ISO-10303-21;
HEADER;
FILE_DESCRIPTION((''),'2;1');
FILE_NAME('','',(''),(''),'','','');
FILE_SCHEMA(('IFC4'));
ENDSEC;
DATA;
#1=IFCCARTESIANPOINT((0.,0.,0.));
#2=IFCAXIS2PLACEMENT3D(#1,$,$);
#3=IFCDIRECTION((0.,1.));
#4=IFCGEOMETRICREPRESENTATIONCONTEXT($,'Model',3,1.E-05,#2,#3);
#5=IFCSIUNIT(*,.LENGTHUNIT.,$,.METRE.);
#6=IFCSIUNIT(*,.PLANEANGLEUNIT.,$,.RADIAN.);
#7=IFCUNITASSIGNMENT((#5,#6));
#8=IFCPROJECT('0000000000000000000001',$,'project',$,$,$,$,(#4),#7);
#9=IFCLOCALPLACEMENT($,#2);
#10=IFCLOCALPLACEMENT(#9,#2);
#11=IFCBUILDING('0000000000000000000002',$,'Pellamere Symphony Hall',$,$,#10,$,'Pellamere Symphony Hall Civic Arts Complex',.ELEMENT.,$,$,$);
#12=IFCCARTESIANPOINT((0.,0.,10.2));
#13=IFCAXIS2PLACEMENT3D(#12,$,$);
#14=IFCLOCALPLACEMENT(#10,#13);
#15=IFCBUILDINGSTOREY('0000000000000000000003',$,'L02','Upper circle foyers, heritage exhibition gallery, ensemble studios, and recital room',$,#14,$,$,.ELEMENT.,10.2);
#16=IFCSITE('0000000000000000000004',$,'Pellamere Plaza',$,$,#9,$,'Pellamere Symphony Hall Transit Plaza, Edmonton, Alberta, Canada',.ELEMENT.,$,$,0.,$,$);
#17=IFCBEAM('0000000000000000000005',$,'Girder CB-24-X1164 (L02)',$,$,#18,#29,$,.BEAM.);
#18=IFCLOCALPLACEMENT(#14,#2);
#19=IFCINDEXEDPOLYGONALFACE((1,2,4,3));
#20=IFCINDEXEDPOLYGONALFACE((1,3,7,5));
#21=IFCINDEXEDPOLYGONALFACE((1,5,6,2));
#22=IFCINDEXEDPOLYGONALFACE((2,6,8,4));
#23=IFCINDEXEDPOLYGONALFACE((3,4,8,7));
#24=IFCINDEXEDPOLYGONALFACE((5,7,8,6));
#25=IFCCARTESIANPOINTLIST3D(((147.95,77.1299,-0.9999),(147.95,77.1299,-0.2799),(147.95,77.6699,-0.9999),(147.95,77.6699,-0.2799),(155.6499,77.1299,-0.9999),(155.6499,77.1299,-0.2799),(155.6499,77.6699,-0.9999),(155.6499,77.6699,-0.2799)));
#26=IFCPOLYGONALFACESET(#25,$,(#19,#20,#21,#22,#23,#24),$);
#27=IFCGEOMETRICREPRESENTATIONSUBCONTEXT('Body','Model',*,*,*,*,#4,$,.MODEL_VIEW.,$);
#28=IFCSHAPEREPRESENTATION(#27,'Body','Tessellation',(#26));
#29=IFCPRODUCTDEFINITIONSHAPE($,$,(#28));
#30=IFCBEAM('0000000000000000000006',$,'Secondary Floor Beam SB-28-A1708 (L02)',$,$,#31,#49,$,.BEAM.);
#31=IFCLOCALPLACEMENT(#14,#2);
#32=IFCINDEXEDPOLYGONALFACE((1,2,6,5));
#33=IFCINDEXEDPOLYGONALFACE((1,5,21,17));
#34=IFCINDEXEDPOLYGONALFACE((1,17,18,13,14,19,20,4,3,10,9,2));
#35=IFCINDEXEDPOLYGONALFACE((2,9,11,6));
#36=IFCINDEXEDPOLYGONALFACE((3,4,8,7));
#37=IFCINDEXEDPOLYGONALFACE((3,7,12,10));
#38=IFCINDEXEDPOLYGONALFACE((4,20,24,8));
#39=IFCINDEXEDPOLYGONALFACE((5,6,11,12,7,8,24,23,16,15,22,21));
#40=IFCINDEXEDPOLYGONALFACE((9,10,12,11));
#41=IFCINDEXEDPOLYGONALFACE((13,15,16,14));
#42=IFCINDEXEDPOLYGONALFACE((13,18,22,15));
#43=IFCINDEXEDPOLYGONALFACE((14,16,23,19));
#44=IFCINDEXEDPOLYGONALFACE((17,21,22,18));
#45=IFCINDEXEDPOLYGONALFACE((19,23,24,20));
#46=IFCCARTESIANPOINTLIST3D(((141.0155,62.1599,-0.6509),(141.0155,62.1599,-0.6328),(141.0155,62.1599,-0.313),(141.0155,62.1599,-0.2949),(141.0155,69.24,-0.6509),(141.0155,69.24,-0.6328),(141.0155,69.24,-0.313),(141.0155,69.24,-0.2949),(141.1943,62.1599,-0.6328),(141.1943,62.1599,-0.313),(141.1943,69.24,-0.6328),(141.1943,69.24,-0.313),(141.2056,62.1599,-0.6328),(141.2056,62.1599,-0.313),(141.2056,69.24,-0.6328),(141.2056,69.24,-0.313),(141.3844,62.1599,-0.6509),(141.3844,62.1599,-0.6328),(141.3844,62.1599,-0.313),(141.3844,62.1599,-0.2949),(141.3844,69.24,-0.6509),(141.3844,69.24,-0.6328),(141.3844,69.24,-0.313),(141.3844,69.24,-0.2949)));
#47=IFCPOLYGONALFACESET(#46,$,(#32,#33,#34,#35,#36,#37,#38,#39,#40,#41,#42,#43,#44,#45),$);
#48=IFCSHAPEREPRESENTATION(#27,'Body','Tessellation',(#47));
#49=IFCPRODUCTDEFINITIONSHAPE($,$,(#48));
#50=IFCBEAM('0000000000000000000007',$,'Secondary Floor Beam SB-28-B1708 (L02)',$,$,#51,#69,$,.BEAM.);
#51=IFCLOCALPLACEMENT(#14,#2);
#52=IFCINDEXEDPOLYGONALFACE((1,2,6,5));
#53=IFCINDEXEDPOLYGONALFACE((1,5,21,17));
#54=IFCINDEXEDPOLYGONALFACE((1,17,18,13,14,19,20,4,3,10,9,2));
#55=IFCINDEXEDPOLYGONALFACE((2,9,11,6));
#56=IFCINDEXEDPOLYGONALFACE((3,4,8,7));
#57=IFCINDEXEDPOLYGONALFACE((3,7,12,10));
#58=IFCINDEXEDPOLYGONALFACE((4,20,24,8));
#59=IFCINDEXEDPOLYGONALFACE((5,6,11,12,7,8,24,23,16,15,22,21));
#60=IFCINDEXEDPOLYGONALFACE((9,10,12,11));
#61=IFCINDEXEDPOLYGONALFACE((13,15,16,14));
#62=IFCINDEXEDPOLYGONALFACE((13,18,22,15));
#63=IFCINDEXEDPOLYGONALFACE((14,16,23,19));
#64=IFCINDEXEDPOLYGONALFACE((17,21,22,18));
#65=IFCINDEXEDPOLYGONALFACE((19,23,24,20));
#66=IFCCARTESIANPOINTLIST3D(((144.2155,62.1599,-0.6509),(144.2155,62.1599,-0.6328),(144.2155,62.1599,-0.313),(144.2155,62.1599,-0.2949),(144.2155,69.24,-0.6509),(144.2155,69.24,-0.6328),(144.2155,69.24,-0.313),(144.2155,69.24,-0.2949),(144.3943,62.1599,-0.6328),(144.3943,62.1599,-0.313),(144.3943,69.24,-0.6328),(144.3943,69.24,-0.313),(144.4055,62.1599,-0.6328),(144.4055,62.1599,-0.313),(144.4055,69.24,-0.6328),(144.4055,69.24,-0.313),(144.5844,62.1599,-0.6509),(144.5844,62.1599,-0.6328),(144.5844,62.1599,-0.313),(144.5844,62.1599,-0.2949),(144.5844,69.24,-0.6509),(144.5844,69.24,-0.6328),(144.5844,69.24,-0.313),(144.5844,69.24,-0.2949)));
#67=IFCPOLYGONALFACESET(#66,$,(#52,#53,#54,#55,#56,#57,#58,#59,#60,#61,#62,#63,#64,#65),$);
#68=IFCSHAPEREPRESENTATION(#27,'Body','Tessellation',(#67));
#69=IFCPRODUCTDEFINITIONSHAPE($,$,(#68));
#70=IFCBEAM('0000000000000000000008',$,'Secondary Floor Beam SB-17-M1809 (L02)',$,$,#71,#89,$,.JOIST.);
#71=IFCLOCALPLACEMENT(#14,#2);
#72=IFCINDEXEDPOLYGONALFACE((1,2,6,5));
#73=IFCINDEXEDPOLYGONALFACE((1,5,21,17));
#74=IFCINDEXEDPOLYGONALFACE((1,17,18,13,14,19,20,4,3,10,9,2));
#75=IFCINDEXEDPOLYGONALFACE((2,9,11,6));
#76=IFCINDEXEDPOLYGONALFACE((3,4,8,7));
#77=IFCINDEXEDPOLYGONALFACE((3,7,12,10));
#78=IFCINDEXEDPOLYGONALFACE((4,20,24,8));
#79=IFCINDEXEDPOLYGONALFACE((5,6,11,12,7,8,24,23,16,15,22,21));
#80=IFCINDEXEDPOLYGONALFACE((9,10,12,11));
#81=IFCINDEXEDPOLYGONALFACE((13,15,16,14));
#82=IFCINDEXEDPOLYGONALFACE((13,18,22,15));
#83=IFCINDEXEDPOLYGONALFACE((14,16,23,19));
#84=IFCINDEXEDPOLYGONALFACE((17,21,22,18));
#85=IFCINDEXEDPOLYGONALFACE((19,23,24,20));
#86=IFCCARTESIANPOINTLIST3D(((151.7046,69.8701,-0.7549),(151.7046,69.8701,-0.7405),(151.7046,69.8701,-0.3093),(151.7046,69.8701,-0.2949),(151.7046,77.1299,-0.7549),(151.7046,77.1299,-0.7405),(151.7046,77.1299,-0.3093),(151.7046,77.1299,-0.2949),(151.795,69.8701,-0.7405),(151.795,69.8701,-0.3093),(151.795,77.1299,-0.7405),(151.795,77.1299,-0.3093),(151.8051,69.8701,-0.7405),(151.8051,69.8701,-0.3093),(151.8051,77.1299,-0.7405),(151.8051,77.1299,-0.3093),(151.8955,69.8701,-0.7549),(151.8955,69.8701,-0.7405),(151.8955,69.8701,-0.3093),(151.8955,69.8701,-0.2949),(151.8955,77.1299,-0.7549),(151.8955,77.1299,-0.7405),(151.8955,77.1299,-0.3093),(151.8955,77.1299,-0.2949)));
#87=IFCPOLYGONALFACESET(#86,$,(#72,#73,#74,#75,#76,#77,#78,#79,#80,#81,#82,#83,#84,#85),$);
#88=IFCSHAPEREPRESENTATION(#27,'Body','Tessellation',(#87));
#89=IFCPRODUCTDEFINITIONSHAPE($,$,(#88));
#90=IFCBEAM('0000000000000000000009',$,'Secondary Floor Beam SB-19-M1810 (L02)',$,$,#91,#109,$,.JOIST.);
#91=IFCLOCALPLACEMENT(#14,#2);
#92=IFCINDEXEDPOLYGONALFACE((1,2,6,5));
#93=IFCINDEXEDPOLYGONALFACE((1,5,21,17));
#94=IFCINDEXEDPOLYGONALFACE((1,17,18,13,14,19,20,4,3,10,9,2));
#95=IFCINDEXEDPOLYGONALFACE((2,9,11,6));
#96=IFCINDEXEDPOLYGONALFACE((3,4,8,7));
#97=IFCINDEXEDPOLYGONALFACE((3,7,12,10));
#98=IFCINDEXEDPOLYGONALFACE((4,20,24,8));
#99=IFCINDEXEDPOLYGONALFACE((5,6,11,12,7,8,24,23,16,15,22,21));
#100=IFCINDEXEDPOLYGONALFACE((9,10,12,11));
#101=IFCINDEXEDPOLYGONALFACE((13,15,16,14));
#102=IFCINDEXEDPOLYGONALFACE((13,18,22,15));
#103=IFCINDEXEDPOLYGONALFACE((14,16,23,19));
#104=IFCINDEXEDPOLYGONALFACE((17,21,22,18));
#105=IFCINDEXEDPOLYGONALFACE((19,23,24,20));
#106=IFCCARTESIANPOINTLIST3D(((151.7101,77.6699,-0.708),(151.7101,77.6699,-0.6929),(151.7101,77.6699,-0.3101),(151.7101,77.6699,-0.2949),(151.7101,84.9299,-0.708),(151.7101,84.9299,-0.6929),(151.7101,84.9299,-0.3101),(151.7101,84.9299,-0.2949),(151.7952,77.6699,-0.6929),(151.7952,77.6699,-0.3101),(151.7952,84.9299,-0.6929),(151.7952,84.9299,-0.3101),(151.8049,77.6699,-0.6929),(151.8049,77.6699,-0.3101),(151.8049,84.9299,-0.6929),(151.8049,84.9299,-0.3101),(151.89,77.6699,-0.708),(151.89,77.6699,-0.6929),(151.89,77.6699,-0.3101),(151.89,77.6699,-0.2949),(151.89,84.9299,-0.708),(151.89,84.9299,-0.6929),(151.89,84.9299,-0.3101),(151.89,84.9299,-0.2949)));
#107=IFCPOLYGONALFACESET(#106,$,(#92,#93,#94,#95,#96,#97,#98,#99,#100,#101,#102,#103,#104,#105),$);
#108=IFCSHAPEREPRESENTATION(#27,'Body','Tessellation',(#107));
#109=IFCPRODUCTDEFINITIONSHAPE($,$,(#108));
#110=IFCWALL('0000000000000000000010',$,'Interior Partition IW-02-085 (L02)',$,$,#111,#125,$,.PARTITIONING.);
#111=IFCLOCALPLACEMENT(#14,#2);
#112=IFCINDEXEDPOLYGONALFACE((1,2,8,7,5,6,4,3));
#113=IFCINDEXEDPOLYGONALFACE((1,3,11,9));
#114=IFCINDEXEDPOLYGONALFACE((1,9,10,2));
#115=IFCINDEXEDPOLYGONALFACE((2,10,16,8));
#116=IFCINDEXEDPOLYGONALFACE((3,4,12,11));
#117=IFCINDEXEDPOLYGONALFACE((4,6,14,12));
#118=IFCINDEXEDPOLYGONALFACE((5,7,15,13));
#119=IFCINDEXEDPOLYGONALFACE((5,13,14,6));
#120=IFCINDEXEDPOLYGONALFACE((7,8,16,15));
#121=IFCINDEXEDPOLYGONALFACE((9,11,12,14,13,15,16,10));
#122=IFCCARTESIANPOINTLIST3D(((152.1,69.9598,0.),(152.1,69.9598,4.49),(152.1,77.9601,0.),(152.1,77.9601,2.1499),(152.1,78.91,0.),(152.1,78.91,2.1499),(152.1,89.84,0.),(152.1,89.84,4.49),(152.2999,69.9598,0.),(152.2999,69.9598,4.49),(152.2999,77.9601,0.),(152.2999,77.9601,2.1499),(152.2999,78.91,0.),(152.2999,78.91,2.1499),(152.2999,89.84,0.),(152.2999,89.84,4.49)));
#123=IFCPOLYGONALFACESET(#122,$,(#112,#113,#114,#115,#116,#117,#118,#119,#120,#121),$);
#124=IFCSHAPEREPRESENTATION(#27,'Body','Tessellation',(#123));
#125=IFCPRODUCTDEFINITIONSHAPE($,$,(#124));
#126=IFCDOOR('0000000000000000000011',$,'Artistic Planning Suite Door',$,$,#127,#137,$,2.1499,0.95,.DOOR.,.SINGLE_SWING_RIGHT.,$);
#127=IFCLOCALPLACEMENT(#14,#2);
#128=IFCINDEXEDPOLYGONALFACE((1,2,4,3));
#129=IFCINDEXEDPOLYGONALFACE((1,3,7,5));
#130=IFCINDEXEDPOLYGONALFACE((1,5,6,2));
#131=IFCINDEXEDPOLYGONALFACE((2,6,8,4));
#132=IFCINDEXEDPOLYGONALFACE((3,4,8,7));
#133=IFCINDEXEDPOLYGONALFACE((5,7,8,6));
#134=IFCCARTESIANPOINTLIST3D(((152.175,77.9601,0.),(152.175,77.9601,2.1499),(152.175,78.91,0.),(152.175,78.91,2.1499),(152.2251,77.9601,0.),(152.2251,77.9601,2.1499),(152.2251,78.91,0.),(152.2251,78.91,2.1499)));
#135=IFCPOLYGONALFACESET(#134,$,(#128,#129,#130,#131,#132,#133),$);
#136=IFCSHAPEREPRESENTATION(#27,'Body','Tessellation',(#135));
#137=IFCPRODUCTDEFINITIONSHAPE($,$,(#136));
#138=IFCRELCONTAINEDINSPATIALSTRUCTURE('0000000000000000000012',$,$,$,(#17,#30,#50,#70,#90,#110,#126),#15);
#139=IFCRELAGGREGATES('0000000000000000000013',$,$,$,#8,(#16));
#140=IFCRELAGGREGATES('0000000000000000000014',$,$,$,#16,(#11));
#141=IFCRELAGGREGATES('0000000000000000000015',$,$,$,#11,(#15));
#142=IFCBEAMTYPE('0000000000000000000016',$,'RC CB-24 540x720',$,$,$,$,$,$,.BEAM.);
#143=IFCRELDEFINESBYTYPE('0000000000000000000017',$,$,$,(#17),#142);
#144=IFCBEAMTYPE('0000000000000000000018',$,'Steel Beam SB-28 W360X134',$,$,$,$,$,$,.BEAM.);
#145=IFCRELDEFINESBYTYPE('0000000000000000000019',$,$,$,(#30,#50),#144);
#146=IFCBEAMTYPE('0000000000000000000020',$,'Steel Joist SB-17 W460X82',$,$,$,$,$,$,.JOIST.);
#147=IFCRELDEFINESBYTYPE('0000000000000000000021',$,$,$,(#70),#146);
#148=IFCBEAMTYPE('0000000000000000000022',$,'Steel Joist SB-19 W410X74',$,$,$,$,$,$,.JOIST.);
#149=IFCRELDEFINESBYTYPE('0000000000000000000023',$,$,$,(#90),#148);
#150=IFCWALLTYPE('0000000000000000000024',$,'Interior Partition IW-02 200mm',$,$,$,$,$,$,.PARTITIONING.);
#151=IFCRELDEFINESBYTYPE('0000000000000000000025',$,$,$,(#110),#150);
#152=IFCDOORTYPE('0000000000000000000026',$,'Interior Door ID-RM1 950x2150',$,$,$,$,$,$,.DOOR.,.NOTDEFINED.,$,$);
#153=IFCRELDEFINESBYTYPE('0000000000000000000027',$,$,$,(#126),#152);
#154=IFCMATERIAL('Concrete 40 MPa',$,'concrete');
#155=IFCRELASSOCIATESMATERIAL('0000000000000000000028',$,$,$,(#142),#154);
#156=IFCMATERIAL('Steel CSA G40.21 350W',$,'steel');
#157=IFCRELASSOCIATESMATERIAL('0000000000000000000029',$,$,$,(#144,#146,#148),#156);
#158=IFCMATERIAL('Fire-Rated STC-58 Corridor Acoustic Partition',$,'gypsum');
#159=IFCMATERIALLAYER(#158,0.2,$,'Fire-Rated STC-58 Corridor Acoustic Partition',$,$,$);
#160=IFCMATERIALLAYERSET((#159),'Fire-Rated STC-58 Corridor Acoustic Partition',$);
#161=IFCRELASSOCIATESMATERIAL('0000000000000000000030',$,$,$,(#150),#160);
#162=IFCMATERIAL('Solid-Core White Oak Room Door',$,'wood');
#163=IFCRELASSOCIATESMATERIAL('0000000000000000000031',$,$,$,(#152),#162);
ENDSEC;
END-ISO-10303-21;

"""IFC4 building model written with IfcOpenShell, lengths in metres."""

from ifc_helpers import new_model, si_unit, direction, frame, frame_2d, origin, origin_2d, place, context, subcontext, project, spatial, rectangle, i_section, extrude, material, layer, layer_set, material_profile, profile_set, type_object, element, fill, save


model = new_model("IFC4")

# Units and contexts
model_context = context("Model", 3, precision=1e-05, world=origin(), true_north=direction((0.0, 1.0)))
body_context = subcontext(model_context, "Body", "Model", "MODEL_VIEW")
ifc_project = project(units=[si_unit("LENGTHUNIT", "METRE"), si_unit("PLANEANGLEUNIT", "RADIAN")], contexts=[model_context])

# Site, building, storey
site_placement = place(None, origin())
site = spatial("IfcSite", under=ifc_project, at=site_placement, Name="Pellamere Plaza", LongName="Pellamere Symphony Hall Transit Plaza, Edmonton, Alberta, Canada", CompositionType="ELEMENT", RefElevation=0.0)
building_placement = place(site_placement, origin())
building = spatial("IfcBuilding", under=site, at=building_placement, Name="Pellamere Symphony Hall", LongName="Pellamere Symphony Hall Civic Arts Complex", CompositionType="ELEMENT")
storey_placement = place(building_placement, frame((0.0, 0.0, 10.2)))
storey = spatial("IfcBuildingStorey", under=building, at=storey_placement, Name="L02", Description="Upper circle foyers, heritage exhibition gallery, ensemble studios, and recital room", CompositionType="ELEMENT", Elevation=10.2)

# Shared definitions
ifc_material_1 = material(Name="Concrete 40 MPa", Category="concrete")

# Beams
ifc_material_profile_1 = material_profile(ifc_material_1, rectangle(XDim=0.54, YDim=0.72, at=origin_2d()), Name="RC 540x720")
ifc_profile_set_1 = profile_set([ifc_material_profile_1], Name="Concrete 40 MPa")
beam_type_1 = type_object("IfcBeamType", Name="RC CB-24 540x720", PredefinedType="BEAM", material=ifc_profile_set_1)
for number, where, z_axis, x_axis, name in (
    (1, (147.95, 77.3999, -0.6399), (1.0, 0.0, 0.0), (0.0, 1.0, 0.0), "Girder CB-24-X1164 (L02)"),
):
    element("IfcBeam", number, at=place(storey_placement, frame(where, z_axis=z_axis, x_axis=x_axis)), inside=storey, type_object=beam_type_1, Name=name, PredefinedType="BEAM", context=body_context, shape_type="SweptSolid", body=[
        extrude(rectangle(XDim=0.54, YDim=0.72, at=origin_2d()), origin(), (0.0, 0.0, 1.0), 7.7),
    ])
ifc_material_2 = material(Name="Steel CSA G40.21 350W", Category="steel")
ifc_material_profile_2 = material_profile(ifc_material_2, i_section(OverallWidth=0.3689, OverallDepth=0.356, WebThickness=0.0112, FlangeThickness=0.0181, at=origin_2d()), Name="W360X134")
ifc_profile_set_2 = profile_set([ifc_material_profile_2], Name="Steel CSA G40.21 350W")
beam_type_2 = type_object("IfcBeamType", Name="Steel Beam SB-28 W360X134", PredefinedType="BEAM", material=ifc_profile_set_2)
for number, where, z_axis, x_axis, name in (
    (2, (141.2, 62.1599, -0.4729), (0.0, 1.0, 0.0), (-1.0, 0.0, 0.0), "Secondary Floor Beam SB-28-A1708 (L02)"),
    (3, (144.3999, 62.1599, -0.4729), (0.0, 1.0, 0.0), (-1.0, 0.0, 0.0), "Secondary Floor Beam SB-28-B1708 (L02)"),
):
    element("IfcBeam", number, at=place(storey_placement, frame(where, z_axis=z_axis, x_axis=x_axis)), inside=storey, type_object=beam_type_2, Name=name, PredefinedType="BEAM", context=body_context, shape_type="SweptSolid", body=[
        extrude(i_section(OverallWidth=0.3689, OverallDepth=0.356, WebThickness=0.0112, FlangeThickness=0.0181, at=origin_2d()), origin(), (0.0, 0.0, 1.0), 7.0801),
    ])
ifc_material_profile_3 = material_profile(ifc_material_2, i_section(OverallWidth=0.1909, OverallDepth=0.46, WebThickness=0.01, FlangeThickness=0.0144, at=origin_2d()), Name="W460X82")
ifc_profile_set_3 = profile_set([ifc_material_profile_3], Name="Steel CSA G40.21 350W")
beam_type_3 = type_object("IfcBeamType", Name="Steel Joist SB-17 W460X82", PredefinedType="JOIST", material=ifc_profile_set_3)
beam_1_placement = place(storey_placement, frame((151.8, 69.8701, -0.5249), z_axis=(0.0, 1.0, 0.0), x_axis=(-1.0, 0.0, 0.0)))
element("IfcBeam", 4, at=beam_1_placement, inside=storey, type_object=beam_type_3, Name="Secondary Floor Beam SB-17-M1809 (L02)", PredefinedType="JOIST", context=body_context, shape_type="SweptSolid", body=[
    extrude(i_section(OverallWidth=0.1909, OverallDepth=0.46, WebThickness=0.01, FlangeThickness=0.0144, at=origin_2d()), origin(), (0.0, 0.0, 1.0), 7.2598),
])
ifc_material_profile_4 = material_profile(ifc_material_2, i_section(OverallWidth=0.1799, OverallDepth=0.4131, WebThickness=0.0098, FlangeThickness=0.0151, at=origin_2d()), Name="W410X74")
ifc_profile_set_4 = profile_set([ifc_material_profile_4], Name="Steel CSA G40.21 350W")
beam_type_4 = type_object("IfcBeamType", Name="Steel Joist SB-19 W410X74", PredefinedType="JOIST", material=ifc_profile_set_4)
beam_2_placement = place(storey_placement, frame((151.8, 77.6699, -0.5015), z_axis=(0.0, 1.0, 0.0), x_axis=(-1.0, 0.0, 0.0)))
element("IfcBeam", 5, at=beam_2_placement, inside=storey, type_object=beam_type_4, Name="Secondary Floor Beam SB-19-M1810 (L02)", PredefinedType="JOIST", context=body_context, shape_type="SweptSolid", body=[
    extrude(i_section(OverallWidth=0.1799, OverallDepth=0.4131, WebThickness=0.0098, FlangeThickness=0.0151, at=origin_2d()), origin(), (0.0, 0.0, 1.0), 7.26),
])

# Wall, opening, door
ifc_material_3 = material(Name="Fire-Rated STC-58 Corridor Acoustic Partition", Category="gypsum")
ifc_layer = layer(ifc_material_3, 0.2, Name="Fire-Rated STC-58 Corridor Acoustic Partition")
ifc_layer_set = layer_set([ifc_layer], Name="Fire-Rated STC-58 Corridor Acoustic Partition")
wall_type = type_object("IfcWallType", Name="Interior Partition IW-02 200mm", PredefinedType="PARTITIONING", material=ifc_layer_set)
wall_placement = place(storey_placement, frame((152.2, 69.96, 0.0), z_axis=(0.0, 0.0, 1.0), x_axis=(0.0, 1.0, 0.0)))
wall = element("IfcWall", 6, at=wall_placement, inside=storey, type_object=wall_type, Name="Interior Partition IW-02-085 (L02)", PredefinedType="PARTITIONING", context=body_context, shape_type="SweptSolid", body=[
    extrude(rectangle(XDim=19.8801, YDim=0.2, at=frame_2d((9.9399, 0.0))), origin(), (0.0, 0.0, 1.0), 4.49),
])
opening_placement = place(wall_placement, frame((8.0, 0.0, 0.0)))
opening = element("IfcOpeningElement", 7, at=opening_placement, cuts=wall, PredefinedType="OPENING", context=body_context, shape_type="SweptSolid", body=[
    extrude(rectangle(XDim=0.95, YDim=2.1499, at=frame_2d((0.4751, 1.075))), frame((0.0, 0.1099, 0.0), z_axis=(0.0, -1.0, 0.0), x_axis=(1.0, 0.0, 0.0)), (0.0, 0.0, 1.0), 0.22),
])
ifc_material_4 = material(Name="Solid-Core White Oak Room Door", Category="wood")
door_type = type_object("IfcDoorType", Name="Interior Door ID-RM1 950x2150", OperationType="NOTDEFINED", PredefinedType="DOOR", material=ifc_material_4)
door_placement = place(opening_placement, origin())
door = element("IfcDoor", 8, at=door_placement, inside=storey, type_object=door_type, Name="Artistic Planning Suite Door", OperationType="SINGLE_SWING_RIGHT", OverallHeight=2.1499, OverallWidth=0.95, PredefinedType="DOOR", context=body_context, shape_type="SweptSolid", body=[
    extrude(rectangle(XDim=0.95, YDim=2.1499, at=frame_2d((0.4751, 1.075))), frame((0.0, 0.0249, 0.0), z_axis=(0.0, -1.0, 0.0), x_axis=(1.0, 0.0, 0.0)), (0.0, 0.0, 1.0), 0.05),
])
fill(opening, door)

save(model, "model.ifc")
